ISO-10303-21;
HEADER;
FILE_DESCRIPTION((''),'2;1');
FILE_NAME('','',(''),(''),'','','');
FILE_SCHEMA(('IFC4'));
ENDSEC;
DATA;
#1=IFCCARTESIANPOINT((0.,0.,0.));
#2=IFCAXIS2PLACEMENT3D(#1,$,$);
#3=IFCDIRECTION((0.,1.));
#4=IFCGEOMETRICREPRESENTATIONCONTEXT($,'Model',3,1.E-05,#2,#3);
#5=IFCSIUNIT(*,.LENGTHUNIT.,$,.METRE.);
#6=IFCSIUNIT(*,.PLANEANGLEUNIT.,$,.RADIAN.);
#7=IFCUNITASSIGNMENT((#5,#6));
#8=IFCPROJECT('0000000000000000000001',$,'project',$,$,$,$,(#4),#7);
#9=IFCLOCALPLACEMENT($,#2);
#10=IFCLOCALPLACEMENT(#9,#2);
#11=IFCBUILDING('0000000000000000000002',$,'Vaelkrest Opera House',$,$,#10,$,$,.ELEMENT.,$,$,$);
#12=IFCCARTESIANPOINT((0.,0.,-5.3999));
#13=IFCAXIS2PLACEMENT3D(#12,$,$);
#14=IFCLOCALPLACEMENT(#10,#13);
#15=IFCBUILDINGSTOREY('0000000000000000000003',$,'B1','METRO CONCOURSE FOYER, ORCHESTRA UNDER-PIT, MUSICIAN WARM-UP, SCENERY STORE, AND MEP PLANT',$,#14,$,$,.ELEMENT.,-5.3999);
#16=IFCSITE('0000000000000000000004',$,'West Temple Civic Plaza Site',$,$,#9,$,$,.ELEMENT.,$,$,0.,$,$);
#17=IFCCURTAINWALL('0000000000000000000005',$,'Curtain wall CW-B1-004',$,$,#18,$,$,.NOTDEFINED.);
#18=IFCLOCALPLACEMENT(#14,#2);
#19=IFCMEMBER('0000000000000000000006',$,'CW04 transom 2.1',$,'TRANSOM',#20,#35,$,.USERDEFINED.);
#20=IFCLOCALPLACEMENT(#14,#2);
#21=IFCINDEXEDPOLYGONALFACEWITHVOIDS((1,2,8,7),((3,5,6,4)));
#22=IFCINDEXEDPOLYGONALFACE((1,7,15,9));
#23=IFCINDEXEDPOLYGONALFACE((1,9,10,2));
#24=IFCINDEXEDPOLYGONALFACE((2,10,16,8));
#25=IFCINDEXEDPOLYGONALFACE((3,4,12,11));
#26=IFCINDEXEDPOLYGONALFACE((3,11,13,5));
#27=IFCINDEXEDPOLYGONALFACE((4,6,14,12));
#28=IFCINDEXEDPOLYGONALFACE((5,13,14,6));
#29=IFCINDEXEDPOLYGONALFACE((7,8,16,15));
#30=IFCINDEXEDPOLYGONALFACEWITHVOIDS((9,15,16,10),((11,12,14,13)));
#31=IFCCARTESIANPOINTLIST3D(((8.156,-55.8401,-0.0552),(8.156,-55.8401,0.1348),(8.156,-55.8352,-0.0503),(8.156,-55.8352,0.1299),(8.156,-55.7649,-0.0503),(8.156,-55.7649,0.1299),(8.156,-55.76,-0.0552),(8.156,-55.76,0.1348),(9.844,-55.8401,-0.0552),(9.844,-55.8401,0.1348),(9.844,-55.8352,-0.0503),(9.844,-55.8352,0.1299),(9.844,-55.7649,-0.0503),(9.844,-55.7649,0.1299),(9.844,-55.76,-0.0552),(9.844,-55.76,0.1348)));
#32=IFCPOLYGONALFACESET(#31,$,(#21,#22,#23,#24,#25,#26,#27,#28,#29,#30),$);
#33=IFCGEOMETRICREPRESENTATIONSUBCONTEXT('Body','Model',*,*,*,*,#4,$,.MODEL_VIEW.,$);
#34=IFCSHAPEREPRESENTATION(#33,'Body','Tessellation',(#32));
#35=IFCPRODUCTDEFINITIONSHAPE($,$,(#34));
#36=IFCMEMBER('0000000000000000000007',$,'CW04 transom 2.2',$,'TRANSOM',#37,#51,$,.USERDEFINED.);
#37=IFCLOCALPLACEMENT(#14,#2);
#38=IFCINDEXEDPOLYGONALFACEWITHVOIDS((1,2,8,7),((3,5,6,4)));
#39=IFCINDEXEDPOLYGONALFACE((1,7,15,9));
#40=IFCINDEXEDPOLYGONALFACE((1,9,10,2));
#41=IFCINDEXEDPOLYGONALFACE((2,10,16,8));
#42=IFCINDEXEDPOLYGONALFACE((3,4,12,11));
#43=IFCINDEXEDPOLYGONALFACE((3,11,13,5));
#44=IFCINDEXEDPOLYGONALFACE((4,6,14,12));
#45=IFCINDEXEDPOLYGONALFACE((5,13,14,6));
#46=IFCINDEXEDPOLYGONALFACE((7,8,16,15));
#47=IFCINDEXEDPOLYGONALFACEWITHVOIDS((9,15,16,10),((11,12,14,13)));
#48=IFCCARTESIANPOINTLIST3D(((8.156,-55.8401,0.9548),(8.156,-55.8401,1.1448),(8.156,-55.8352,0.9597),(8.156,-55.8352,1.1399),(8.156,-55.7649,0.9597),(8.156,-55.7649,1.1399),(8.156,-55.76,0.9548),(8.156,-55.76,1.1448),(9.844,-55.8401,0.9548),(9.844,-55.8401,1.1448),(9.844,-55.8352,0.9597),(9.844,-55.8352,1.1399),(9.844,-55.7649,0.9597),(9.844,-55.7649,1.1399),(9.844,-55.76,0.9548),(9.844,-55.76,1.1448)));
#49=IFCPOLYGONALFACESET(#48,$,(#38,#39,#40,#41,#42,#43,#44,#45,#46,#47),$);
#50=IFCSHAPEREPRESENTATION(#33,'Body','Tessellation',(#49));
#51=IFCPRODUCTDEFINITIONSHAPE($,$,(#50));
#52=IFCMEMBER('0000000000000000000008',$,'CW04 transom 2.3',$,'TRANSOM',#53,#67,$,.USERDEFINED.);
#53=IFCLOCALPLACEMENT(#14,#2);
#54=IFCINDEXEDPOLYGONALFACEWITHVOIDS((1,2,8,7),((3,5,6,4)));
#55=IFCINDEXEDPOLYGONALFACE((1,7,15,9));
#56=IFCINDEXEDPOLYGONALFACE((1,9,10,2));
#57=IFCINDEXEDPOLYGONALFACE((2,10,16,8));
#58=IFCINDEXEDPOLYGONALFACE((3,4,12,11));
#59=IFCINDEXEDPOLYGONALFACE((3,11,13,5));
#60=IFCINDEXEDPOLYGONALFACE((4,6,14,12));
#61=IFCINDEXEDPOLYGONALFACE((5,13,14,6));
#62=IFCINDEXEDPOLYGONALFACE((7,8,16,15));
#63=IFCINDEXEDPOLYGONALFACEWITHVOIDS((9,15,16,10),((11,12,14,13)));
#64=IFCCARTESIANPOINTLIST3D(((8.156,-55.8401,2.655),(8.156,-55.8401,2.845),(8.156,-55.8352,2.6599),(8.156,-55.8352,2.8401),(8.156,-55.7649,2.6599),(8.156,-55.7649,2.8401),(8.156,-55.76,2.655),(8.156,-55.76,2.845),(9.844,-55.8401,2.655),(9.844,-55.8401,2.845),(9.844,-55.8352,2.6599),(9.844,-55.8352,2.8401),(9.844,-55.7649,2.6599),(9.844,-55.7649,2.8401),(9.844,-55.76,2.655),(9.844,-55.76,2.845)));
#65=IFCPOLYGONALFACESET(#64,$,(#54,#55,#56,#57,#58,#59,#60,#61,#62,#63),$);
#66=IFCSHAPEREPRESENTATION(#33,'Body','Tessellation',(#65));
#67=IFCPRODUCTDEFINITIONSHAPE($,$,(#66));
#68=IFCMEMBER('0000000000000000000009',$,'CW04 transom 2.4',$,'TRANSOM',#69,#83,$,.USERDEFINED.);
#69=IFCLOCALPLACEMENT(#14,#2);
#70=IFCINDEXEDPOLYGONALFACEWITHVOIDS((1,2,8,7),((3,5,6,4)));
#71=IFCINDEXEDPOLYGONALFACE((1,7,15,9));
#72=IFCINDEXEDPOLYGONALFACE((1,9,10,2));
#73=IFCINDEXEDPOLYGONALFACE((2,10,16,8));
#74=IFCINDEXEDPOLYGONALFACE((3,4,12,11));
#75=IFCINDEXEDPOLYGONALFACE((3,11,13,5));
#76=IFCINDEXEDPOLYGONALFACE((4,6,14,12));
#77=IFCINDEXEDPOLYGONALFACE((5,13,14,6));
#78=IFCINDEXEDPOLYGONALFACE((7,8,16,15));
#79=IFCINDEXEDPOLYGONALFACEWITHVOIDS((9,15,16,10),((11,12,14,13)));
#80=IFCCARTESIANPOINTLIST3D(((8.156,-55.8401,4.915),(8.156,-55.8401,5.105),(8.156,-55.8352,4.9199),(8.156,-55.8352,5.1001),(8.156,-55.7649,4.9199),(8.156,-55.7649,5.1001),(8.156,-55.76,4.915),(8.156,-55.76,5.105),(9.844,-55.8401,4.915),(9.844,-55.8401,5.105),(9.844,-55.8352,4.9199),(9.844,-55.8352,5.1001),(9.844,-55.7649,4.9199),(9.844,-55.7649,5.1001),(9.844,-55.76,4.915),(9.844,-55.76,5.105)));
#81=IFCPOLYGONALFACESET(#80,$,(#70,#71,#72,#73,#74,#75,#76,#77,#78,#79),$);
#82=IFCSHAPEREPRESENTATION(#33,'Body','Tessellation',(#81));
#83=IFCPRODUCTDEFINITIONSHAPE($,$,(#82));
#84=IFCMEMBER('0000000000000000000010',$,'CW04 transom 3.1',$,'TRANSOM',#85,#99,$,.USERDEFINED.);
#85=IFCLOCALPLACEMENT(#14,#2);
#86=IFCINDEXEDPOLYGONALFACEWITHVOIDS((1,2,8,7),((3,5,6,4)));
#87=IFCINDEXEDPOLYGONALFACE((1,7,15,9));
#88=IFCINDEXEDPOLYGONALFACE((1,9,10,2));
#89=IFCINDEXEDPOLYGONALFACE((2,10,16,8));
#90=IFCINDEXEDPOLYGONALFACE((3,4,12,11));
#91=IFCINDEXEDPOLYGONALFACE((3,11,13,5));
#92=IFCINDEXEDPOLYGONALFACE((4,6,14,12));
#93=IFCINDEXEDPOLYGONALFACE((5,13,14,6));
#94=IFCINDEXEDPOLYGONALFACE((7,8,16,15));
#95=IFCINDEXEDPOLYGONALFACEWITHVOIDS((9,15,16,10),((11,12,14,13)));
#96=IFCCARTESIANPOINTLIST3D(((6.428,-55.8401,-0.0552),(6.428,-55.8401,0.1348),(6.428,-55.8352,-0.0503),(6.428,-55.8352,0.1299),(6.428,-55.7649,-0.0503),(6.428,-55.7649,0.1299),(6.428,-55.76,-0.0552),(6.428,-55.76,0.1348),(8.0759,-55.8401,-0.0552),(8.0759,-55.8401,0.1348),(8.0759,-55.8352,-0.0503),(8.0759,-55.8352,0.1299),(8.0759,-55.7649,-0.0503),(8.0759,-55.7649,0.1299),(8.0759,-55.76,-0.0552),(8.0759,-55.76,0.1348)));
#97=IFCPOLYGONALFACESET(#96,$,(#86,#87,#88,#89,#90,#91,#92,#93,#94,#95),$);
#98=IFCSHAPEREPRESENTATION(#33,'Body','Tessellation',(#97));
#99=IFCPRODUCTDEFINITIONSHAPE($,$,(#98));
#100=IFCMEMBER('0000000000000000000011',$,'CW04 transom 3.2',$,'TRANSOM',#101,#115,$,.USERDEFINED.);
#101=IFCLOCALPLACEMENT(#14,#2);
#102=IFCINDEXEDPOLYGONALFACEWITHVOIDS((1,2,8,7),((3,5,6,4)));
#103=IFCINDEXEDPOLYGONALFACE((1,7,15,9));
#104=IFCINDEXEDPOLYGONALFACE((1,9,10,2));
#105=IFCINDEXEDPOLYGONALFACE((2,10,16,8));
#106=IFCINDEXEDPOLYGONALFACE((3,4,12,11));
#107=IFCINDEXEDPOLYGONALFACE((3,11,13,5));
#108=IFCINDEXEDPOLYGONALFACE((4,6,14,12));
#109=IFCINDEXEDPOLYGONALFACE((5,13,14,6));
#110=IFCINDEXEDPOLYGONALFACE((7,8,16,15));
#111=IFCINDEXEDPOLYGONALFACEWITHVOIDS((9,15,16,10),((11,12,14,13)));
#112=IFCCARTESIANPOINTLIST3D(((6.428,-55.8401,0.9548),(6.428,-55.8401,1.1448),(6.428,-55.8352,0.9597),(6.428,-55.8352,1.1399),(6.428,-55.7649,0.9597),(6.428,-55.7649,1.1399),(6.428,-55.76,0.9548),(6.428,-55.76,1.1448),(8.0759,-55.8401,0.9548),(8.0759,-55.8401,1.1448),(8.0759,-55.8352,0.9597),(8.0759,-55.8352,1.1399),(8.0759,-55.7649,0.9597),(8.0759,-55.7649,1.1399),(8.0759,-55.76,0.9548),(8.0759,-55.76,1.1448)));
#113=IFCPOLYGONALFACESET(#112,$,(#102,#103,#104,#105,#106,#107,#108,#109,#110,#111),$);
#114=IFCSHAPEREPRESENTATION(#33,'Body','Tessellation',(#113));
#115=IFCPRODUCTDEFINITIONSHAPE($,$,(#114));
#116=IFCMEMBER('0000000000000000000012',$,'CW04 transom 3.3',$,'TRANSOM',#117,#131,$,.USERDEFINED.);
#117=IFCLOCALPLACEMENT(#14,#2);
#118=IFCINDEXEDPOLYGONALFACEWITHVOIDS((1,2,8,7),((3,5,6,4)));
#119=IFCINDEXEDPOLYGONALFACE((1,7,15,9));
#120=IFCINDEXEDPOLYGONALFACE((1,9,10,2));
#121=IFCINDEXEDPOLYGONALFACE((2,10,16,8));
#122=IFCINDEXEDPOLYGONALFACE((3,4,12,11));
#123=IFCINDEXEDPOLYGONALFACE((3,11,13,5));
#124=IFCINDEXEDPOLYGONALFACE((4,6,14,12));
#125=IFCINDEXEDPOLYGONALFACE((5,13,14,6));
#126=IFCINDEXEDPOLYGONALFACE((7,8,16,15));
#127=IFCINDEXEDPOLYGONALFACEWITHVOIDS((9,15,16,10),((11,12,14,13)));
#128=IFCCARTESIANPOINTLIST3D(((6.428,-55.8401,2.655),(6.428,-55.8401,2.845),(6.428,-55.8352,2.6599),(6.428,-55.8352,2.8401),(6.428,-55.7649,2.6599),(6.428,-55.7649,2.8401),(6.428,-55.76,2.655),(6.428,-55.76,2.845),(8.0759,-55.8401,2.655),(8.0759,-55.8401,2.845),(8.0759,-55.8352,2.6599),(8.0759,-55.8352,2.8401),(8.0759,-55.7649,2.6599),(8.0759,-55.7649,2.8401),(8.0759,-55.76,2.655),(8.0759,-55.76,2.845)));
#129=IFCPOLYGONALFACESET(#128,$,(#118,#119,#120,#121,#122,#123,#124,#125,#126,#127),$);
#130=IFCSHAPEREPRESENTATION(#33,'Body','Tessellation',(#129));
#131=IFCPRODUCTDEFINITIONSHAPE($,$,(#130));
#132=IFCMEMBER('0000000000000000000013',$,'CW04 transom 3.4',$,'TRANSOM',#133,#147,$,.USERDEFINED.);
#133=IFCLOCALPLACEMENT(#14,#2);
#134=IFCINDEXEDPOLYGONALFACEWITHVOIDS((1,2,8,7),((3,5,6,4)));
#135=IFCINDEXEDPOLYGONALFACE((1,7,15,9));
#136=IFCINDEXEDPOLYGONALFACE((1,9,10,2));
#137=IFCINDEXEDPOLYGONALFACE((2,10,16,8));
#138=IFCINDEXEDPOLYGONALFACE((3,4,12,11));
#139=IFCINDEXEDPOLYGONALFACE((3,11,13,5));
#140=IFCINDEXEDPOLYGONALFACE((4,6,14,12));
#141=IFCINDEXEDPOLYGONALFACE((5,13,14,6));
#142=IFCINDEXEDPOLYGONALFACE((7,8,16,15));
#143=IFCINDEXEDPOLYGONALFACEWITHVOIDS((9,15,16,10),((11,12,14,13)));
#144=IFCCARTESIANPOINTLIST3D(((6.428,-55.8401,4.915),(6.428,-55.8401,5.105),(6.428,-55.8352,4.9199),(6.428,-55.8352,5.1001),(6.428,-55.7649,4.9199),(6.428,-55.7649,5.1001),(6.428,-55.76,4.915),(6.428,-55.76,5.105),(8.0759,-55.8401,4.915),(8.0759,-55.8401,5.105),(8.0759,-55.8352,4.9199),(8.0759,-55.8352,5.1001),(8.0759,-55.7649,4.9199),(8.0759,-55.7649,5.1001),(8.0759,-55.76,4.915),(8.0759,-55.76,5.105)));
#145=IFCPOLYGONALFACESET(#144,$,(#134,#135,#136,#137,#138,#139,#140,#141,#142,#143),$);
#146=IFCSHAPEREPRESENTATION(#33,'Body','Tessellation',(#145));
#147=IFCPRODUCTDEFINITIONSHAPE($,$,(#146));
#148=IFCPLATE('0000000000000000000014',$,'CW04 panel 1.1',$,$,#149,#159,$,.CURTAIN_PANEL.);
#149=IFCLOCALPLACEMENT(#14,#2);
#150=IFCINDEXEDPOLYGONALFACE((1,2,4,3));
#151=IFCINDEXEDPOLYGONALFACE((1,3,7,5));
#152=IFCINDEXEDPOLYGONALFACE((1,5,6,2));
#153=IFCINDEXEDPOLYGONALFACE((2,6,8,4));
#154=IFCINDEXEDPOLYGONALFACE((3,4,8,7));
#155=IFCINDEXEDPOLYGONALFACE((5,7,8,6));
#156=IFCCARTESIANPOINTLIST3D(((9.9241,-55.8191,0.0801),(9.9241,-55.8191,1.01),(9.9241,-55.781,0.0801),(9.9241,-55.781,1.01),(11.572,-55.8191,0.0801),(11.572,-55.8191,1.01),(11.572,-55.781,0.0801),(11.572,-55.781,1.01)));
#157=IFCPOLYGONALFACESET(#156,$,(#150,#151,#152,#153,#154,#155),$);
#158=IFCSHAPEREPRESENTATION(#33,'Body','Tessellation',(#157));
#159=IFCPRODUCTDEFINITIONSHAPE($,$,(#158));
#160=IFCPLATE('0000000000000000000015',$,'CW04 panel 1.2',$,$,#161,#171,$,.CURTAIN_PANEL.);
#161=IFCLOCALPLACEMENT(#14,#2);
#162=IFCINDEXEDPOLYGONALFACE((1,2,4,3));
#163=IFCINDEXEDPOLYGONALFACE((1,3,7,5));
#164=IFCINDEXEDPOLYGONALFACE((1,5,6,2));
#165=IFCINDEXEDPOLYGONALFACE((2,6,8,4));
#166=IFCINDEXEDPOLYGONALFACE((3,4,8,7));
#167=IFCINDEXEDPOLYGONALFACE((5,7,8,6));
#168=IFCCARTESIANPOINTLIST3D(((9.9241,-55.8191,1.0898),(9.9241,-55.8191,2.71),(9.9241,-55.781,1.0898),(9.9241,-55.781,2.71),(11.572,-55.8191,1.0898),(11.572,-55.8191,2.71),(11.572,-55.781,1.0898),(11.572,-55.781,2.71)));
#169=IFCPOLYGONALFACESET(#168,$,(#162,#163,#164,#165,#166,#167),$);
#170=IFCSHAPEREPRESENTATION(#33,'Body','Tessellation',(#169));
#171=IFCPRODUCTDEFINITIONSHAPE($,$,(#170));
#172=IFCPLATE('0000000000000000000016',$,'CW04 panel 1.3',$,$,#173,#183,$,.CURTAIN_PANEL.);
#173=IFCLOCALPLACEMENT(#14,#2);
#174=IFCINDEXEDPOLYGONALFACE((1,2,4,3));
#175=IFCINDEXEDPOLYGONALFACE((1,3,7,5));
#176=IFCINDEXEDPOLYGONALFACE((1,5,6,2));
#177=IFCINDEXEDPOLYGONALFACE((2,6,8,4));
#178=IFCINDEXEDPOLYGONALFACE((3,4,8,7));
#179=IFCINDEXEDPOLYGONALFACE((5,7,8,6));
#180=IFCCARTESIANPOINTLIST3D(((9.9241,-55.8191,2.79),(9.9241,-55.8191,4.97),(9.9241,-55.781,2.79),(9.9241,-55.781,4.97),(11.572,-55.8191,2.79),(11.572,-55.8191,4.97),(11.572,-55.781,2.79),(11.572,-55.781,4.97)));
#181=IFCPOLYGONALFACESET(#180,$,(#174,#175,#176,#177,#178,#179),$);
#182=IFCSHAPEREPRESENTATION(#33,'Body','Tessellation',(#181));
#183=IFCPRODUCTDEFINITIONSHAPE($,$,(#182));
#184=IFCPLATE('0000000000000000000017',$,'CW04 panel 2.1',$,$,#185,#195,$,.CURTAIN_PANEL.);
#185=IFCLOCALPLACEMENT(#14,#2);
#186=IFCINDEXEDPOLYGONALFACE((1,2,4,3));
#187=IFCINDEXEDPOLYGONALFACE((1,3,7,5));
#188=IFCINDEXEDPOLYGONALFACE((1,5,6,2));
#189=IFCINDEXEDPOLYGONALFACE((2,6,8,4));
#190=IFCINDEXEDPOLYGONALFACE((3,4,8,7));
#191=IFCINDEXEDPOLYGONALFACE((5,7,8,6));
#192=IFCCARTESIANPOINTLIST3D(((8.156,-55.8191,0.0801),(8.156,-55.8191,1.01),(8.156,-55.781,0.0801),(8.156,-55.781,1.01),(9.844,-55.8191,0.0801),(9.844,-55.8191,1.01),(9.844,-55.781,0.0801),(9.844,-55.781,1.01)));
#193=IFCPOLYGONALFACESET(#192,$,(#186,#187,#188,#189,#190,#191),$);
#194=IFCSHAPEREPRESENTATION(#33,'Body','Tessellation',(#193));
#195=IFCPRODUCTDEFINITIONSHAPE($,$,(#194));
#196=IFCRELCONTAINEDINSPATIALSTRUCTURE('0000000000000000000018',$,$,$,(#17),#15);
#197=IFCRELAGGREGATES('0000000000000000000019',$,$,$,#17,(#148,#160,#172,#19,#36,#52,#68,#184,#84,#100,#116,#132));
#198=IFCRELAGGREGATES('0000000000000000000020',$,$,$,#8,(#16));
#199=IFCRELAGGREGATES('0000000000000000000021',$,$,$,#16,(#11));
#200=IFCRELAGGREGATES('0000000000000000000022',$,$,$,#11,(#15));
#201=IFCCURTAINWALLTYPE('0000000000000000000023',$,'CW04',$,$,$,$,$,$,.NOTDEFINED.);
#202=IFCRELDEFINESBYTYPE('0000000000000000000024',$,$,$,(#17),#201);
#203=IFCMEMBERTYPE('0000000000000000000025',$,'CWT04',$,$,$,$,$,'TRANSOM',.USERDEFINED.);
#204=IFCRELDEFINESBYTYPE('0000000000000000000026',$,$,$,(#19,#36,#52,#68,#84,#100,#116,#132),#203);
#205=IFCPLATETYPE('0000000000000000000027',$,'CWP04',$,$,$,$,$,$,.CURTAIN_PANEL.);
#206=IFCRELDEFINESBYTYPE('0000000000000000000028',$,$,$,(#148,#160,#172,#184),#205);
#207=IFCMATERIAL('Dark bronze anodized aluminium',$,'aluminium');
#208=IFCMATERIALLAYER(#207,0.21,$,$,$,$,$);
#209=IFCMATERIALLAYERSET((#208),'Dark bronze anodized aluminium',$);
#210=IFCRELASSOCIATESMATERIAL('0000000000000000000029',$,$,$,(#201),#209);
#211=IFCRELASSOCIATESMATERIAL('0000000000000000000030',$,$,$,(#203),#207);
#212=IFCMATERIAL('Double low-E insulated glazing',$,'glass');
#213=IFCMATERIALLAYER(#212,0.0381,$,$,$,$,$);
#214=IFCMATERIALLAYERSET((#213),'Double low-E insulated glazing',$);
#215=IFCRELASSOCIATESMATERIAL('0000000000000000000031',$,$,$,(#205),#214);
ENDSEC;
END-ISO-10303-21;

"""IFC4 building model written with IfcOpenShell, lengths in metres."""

from ifc_helpers import new_model, si_unit, direction, frame, origin, origin_2d, place, context, subcontext, project, spatial, rectangle, hollow_rectangle, extrude, material, layer, layer_set, material_profile, profile_set, type_object, element, aggregate, save


model = new_model("IFC4")

# Units and contexts
model_context = context("Model", 3, precision=1e-05, world=origin(), true_north=direction((0.0, 1.0)))
body_context = subcontext(model_context, "Body", "Model", "MODEL_VIEW")
ifc_project = project(units=[si_unit("LENGTHUNIT", "METRE"), si_unit("PLANEANGLEUNIT", "RADIAN")], contexts=[model_context])

# Site, building, storey
site_placement = place(None, origin())
site = spatial("IfcSite", under=ifc_project, at=site_placement, Name="West Temple Civic Plaza Site", CompositionType="ELEMENT", RefElevation=0.0)
building_placement = place(site_placement, origin())
building = spatial("IfcBuilding", under=site, at=building_placement, Name="Vaelkrest Opera House", CompositionType="ELEMENT")
storey_placement = place(building_placement, frame((0.0, 0.0, -5.3999)))
storey = spatial("IfcBuildingStorey", under=building, at=storey_placement, Name="B1", Description="METRO CONCOURSE FOYER, ORCHESTRA UNDER-PIT, MUSICIAN WARM-UP, SCENERY STORE, AND MEP PLANT", CompositionType="ELEMENT", Elevation=-5.3999)

# Curtain wall, members, plates
ifc_material_1 = material(Name="Dark bronze anodized aluminium", Category="aluminium")
ifc_layer_1 = layer(ifc_material_1, 0.21)
ifc_layer_set_1 = layer_set([ifc_layer_1], Name="Dark bronze anodized aluminium")
curtain_wall_type = type_object("IfcCurtainWallType", Name="CW04", PredefinedType="NOTDEFINED", material=ifc_layer_set_1)
curtain_wall_placement = place(storey_placement, origin())
curtain_wall = element("IfcCurtainWall", 1, at=curtain_wall_placement, inside=storey, type_object=curtain_wall_type, Name="Curtain wall CW-B1-004", PredefinedType="NOTDEFINED")
ifc_material_profile_1 = material_profile(ifc_material_1, hollow_rectangle(XDim=0.0801, YDim=0.1899, WallThickness=0.0049, at=origin_2d()), Name="CWT80X190")
ifc_profile_set_1 = profile_set([ifc_material_profile_1], Name="Dark bronze anodized aluminium")
member_type_1 = type_object("IfcMemberType", Name="CWT04", ElementType="TRANSOM", PredefinedType="USERDEFINED", material=ifc_profile_set_1)
member_1_placement = place(storey_placement, frame((9.844, -55.8, 0.0398), z_axis=(-1.0, 0.0, 0.0), x_axis=(0.0, -1.0, 0.0)))
member_1 = element("IfcMember", 2, at=member_1_placement, type_object=member_type_1, Name="CW04 transom 2.1", ObjectType="TRANSOM", PredefinedType="USERDEFINED", context=body_context, shape_type="SweptSolid", body=[
    extrude(hollow_rectangle(XDim=0.0801, YDim=0.1899, WallThickness=0.0049, at=origin_2d()), origin(), (0.0, 0.0, 1.0), 1.688),
])
member_2_placement = place(storey_placement, frame((9.844, -55.8, 1.0498), z_axis=(-1.0, 0.0, 0.0), x_axis=(0.0, -1.0, 0.0)))
member_2 = element("IfcMember", 3, at=member_2_placement, type_object=member_type_1, Name="CW04 transom 2.2", ObjectType="TRANSOM", PredefinedType="USERDEFINED", context=body_context, shape_type="SweptSolid", body=[
    extrude(hollow_rectangle(XDim=0.0801, YDim=0.1899, WallThickness=0.0049, at=origin_2d()), origin(), (0.0, 0.0, 1.0), 1.688),
])
member_3_placement = place(storey_placement, frame((9.844, -55.8, 2.75), z_axis=(-1.0, 0.0, 0.0), x_axis=(0.0, -1.0, 0.0)))
member_3 = element("IfcMember", 4, at=member_3_placement, type_object=member_type_1, Name="CW04 transom 2.3", ObjectType="TRANSOM", PredefinedType="USERDEFINED", context=body_context, shape_type="SweptSolid", body=[
    extrude(hollow_rectangle(XDim=0.0801, YDim=0.1899, WallThickness=0.0049, at=origin_2d()), origin(), (0.0, 0.0, 1.0), 1.688),
])
member_4_placement = place(storey_placement, frame((9.844, -55.8, 5.01), z_axis=(-1.0, 0.0, 0.0), x_axis=(0.0, -1.0, 0.0)))
member_4 = element("IfcMember", 5, at=member_4_placement, type_object=member_type_1, Name="CW04 transom 2.4", ObjectType="TRANSOM", PredefinedType="USERDEFINED", context=body_context, shape_type="SweptSolid", body=[
    extrude(hollow_rectangle(XDim=0.0801, YDim=0.1899, WallThickness=0.0049, at=origin_2d()), origin(), (0.0, 0.0, 1.0), 1.688),
])
member_5_placement = place(storey_placement, frame((8.0759, -55.8, 0.0398), z_axis=(-1.0, 0.0, 0.0), x_axis=(0.0, -1.0, 0.0)))
member_5 = element("IfcMember", 6, at=member_5_placement, type_object=member_type_1, Name="CW04 transom 3.1", ObjectType="TRANSOM", PredefinedType="USERDEFINED", context=body_context, shape_type="SweptSolid", body=[
    extrude(hollow_rectangle(XDim=0.0801, YDim=0.1899, WallThickness=0.0049, at=origin_2d()), origin(), (0.0, 0.0, 1.0), 1.6479),
])
member_6_placement = place(storey_placement, frame((8.0759, -55.8, 1.0498), z_axis=(-1.0, 0.0, 0.0), x_axis=(0.0, -1.0, 0.0)))
member_6 = element("IfcMember", 7, at=member_6_placement, type_object=member_type_1, Name="CW04 transom 3.2", ObjectType="TRANSOM", PredefinedType="USERDEFINED", context=body_context, shape_type="SweptSolid", body=[
    extrude(hollow_rectangle(XDim=0.0801, YDim=0.1899, WallThickness=0.0049, at=origin_2d()), origin(), (0.0, 0.0, 1.0), 1.6479),
])
member_7_placement = place(storey_placement, frame((8.0759, -55.8, 2.75), z_axis=(-1.0, 0.0, 0.0), x_axis=(0.0, -1.0, 0.0)))
member_7 = element("IfcMember", 8, at=member_7_placement, type_object=member_type_1, Name="CW04 transom 3.3", ObjectType="TRANSOM", PredefinedType="USERDEFINED", context=body_context, shape_type="SweptSolid", body=[
    extrude(hollow_rectangle(XDim=0.0801, YDim=0.1899, WallThickness=0.0049, at=origin_2d()), origin(), (0.0, 0.0, 1.0), 1.6479),
])
member_8_placement = place(storey_placement, frame((8.0759, -55.8, 5.01), z_axis=(-1.0, 0.0, 0.0), x_axis=(0.0, -1.0, 0.0)))
member_8 = element("IfcMember", 9, at=member_8_placement, type_object=member_type_1, Name="CW04 transom 3.4", ObjectType="TRANSOM", PredefinedType="USERDEFINED", context=body_context, shape_type="SweptSolid", body=[
    extrude(hollow_rectangle(XDim=0.0801, YDim=0.1899, WallThickness=0.0049, at=origin_2d()), origin(), (0.0, 0.0, 1.0), 1.6479),
])
ifc_material_2 = material(Name="Double low-E insulated glazing", Category="glass")
ifc_layer_2 = layer(ifc_material_2, 0.0381)
ifc_layer_set_2 = layer_set([ifc_layer_2], Name="Double low-E insulated glazing")
plate_type = type_object("IfcPlateType", Name="CWP04", PredefinedType="CURTAIN_PANEL", material=ifc_layer_set_2)
plate_1_placement = place(storey_placement, frame((10.748, -55.8, 0.0801), z_axis=(0.0, 0.0, 1.0), x_axis=(-1.0, 0.0, 0.0)))
plate_1 = element("IfcPlate", 10, at=plate_1_placement, type_object=plate_type, Name="CW04 panel 1.1", PredefinedType="CURTAIN_PANEL", context=body_context, shape_type="SweptSolid", body=[
    extrude(rectangle(XDim=1.6479, YDim=0.0381, at=origin_2d()), origin(), (0.0, 0.0, 1.0), 0.9299),
])
plate_2_placement = place(storey_placement, frame((10.748, -55.8, 1.0898), z_axis=(0.0, 0.0, 1.0), x_axis=(-1.0, 0.0, 0.0)))
plate_2 = element("IfcPlate", 11, at=plate_2_placement, type_object=plate_type, Name="CW04 panel 1.2", PredefinedType="CURTAIN_PANEL", context=body_context, shape_type="SweptSolid", body=[
    extrude(rectangle(XDim=1.6479, YDim=0.0381, at=origin_2d()), origin(), (0.0, 0.0, 1.0), 1.6201),
])
plate_3_placement = place(storey_placement, frame((10.748, -55.8, 2.79), z_axis=(0.0, 0.0, 1.0), x_axis=(-1.0, 0.0, 0.0)))
plate_3 = element("IfcPlate", 12, at=plate_3_placement, type_object=plate_type, Name="CW04 panel 1.3", PredefinedType="CURTAIN_PANEL", context=body_context, shape_type="SweptSolid", body=[
    extrude(rectangle(XDim=1.6479, YDim=0.0381, at=origin_2d()), origin(), (0.0, 0.0, 1.0), 2.1799),
])
plate_4_placement = place(storey_placement, frame((9.0, -55.8, 0.0801), z_axis=(0.0, 0.0, 1.0), x_axis=(-1.0, 0.0, 0.0)))
plate_4 = element("IfcPlate", 13, at=plate_4_placement, type_object=plate_type, Name="CW04 panel 2.1", PredefinedType="CURTAIN_PANEL", context=body_context, shape_type="SweptSolid", body=[
    extrude(rectangle(XDim=1.688, YDim=0.0381, at=origin_2d()), origin(), (0.0, 0.0, 1.0), 0.9299),
])
aggregate(curtain_wall, [plate_1, plate_2, plate_3, member_1, member_2, member_3, member_4, plate_4, member_5, member_6, member_7, member_8])

save(model, "model.ifc")
